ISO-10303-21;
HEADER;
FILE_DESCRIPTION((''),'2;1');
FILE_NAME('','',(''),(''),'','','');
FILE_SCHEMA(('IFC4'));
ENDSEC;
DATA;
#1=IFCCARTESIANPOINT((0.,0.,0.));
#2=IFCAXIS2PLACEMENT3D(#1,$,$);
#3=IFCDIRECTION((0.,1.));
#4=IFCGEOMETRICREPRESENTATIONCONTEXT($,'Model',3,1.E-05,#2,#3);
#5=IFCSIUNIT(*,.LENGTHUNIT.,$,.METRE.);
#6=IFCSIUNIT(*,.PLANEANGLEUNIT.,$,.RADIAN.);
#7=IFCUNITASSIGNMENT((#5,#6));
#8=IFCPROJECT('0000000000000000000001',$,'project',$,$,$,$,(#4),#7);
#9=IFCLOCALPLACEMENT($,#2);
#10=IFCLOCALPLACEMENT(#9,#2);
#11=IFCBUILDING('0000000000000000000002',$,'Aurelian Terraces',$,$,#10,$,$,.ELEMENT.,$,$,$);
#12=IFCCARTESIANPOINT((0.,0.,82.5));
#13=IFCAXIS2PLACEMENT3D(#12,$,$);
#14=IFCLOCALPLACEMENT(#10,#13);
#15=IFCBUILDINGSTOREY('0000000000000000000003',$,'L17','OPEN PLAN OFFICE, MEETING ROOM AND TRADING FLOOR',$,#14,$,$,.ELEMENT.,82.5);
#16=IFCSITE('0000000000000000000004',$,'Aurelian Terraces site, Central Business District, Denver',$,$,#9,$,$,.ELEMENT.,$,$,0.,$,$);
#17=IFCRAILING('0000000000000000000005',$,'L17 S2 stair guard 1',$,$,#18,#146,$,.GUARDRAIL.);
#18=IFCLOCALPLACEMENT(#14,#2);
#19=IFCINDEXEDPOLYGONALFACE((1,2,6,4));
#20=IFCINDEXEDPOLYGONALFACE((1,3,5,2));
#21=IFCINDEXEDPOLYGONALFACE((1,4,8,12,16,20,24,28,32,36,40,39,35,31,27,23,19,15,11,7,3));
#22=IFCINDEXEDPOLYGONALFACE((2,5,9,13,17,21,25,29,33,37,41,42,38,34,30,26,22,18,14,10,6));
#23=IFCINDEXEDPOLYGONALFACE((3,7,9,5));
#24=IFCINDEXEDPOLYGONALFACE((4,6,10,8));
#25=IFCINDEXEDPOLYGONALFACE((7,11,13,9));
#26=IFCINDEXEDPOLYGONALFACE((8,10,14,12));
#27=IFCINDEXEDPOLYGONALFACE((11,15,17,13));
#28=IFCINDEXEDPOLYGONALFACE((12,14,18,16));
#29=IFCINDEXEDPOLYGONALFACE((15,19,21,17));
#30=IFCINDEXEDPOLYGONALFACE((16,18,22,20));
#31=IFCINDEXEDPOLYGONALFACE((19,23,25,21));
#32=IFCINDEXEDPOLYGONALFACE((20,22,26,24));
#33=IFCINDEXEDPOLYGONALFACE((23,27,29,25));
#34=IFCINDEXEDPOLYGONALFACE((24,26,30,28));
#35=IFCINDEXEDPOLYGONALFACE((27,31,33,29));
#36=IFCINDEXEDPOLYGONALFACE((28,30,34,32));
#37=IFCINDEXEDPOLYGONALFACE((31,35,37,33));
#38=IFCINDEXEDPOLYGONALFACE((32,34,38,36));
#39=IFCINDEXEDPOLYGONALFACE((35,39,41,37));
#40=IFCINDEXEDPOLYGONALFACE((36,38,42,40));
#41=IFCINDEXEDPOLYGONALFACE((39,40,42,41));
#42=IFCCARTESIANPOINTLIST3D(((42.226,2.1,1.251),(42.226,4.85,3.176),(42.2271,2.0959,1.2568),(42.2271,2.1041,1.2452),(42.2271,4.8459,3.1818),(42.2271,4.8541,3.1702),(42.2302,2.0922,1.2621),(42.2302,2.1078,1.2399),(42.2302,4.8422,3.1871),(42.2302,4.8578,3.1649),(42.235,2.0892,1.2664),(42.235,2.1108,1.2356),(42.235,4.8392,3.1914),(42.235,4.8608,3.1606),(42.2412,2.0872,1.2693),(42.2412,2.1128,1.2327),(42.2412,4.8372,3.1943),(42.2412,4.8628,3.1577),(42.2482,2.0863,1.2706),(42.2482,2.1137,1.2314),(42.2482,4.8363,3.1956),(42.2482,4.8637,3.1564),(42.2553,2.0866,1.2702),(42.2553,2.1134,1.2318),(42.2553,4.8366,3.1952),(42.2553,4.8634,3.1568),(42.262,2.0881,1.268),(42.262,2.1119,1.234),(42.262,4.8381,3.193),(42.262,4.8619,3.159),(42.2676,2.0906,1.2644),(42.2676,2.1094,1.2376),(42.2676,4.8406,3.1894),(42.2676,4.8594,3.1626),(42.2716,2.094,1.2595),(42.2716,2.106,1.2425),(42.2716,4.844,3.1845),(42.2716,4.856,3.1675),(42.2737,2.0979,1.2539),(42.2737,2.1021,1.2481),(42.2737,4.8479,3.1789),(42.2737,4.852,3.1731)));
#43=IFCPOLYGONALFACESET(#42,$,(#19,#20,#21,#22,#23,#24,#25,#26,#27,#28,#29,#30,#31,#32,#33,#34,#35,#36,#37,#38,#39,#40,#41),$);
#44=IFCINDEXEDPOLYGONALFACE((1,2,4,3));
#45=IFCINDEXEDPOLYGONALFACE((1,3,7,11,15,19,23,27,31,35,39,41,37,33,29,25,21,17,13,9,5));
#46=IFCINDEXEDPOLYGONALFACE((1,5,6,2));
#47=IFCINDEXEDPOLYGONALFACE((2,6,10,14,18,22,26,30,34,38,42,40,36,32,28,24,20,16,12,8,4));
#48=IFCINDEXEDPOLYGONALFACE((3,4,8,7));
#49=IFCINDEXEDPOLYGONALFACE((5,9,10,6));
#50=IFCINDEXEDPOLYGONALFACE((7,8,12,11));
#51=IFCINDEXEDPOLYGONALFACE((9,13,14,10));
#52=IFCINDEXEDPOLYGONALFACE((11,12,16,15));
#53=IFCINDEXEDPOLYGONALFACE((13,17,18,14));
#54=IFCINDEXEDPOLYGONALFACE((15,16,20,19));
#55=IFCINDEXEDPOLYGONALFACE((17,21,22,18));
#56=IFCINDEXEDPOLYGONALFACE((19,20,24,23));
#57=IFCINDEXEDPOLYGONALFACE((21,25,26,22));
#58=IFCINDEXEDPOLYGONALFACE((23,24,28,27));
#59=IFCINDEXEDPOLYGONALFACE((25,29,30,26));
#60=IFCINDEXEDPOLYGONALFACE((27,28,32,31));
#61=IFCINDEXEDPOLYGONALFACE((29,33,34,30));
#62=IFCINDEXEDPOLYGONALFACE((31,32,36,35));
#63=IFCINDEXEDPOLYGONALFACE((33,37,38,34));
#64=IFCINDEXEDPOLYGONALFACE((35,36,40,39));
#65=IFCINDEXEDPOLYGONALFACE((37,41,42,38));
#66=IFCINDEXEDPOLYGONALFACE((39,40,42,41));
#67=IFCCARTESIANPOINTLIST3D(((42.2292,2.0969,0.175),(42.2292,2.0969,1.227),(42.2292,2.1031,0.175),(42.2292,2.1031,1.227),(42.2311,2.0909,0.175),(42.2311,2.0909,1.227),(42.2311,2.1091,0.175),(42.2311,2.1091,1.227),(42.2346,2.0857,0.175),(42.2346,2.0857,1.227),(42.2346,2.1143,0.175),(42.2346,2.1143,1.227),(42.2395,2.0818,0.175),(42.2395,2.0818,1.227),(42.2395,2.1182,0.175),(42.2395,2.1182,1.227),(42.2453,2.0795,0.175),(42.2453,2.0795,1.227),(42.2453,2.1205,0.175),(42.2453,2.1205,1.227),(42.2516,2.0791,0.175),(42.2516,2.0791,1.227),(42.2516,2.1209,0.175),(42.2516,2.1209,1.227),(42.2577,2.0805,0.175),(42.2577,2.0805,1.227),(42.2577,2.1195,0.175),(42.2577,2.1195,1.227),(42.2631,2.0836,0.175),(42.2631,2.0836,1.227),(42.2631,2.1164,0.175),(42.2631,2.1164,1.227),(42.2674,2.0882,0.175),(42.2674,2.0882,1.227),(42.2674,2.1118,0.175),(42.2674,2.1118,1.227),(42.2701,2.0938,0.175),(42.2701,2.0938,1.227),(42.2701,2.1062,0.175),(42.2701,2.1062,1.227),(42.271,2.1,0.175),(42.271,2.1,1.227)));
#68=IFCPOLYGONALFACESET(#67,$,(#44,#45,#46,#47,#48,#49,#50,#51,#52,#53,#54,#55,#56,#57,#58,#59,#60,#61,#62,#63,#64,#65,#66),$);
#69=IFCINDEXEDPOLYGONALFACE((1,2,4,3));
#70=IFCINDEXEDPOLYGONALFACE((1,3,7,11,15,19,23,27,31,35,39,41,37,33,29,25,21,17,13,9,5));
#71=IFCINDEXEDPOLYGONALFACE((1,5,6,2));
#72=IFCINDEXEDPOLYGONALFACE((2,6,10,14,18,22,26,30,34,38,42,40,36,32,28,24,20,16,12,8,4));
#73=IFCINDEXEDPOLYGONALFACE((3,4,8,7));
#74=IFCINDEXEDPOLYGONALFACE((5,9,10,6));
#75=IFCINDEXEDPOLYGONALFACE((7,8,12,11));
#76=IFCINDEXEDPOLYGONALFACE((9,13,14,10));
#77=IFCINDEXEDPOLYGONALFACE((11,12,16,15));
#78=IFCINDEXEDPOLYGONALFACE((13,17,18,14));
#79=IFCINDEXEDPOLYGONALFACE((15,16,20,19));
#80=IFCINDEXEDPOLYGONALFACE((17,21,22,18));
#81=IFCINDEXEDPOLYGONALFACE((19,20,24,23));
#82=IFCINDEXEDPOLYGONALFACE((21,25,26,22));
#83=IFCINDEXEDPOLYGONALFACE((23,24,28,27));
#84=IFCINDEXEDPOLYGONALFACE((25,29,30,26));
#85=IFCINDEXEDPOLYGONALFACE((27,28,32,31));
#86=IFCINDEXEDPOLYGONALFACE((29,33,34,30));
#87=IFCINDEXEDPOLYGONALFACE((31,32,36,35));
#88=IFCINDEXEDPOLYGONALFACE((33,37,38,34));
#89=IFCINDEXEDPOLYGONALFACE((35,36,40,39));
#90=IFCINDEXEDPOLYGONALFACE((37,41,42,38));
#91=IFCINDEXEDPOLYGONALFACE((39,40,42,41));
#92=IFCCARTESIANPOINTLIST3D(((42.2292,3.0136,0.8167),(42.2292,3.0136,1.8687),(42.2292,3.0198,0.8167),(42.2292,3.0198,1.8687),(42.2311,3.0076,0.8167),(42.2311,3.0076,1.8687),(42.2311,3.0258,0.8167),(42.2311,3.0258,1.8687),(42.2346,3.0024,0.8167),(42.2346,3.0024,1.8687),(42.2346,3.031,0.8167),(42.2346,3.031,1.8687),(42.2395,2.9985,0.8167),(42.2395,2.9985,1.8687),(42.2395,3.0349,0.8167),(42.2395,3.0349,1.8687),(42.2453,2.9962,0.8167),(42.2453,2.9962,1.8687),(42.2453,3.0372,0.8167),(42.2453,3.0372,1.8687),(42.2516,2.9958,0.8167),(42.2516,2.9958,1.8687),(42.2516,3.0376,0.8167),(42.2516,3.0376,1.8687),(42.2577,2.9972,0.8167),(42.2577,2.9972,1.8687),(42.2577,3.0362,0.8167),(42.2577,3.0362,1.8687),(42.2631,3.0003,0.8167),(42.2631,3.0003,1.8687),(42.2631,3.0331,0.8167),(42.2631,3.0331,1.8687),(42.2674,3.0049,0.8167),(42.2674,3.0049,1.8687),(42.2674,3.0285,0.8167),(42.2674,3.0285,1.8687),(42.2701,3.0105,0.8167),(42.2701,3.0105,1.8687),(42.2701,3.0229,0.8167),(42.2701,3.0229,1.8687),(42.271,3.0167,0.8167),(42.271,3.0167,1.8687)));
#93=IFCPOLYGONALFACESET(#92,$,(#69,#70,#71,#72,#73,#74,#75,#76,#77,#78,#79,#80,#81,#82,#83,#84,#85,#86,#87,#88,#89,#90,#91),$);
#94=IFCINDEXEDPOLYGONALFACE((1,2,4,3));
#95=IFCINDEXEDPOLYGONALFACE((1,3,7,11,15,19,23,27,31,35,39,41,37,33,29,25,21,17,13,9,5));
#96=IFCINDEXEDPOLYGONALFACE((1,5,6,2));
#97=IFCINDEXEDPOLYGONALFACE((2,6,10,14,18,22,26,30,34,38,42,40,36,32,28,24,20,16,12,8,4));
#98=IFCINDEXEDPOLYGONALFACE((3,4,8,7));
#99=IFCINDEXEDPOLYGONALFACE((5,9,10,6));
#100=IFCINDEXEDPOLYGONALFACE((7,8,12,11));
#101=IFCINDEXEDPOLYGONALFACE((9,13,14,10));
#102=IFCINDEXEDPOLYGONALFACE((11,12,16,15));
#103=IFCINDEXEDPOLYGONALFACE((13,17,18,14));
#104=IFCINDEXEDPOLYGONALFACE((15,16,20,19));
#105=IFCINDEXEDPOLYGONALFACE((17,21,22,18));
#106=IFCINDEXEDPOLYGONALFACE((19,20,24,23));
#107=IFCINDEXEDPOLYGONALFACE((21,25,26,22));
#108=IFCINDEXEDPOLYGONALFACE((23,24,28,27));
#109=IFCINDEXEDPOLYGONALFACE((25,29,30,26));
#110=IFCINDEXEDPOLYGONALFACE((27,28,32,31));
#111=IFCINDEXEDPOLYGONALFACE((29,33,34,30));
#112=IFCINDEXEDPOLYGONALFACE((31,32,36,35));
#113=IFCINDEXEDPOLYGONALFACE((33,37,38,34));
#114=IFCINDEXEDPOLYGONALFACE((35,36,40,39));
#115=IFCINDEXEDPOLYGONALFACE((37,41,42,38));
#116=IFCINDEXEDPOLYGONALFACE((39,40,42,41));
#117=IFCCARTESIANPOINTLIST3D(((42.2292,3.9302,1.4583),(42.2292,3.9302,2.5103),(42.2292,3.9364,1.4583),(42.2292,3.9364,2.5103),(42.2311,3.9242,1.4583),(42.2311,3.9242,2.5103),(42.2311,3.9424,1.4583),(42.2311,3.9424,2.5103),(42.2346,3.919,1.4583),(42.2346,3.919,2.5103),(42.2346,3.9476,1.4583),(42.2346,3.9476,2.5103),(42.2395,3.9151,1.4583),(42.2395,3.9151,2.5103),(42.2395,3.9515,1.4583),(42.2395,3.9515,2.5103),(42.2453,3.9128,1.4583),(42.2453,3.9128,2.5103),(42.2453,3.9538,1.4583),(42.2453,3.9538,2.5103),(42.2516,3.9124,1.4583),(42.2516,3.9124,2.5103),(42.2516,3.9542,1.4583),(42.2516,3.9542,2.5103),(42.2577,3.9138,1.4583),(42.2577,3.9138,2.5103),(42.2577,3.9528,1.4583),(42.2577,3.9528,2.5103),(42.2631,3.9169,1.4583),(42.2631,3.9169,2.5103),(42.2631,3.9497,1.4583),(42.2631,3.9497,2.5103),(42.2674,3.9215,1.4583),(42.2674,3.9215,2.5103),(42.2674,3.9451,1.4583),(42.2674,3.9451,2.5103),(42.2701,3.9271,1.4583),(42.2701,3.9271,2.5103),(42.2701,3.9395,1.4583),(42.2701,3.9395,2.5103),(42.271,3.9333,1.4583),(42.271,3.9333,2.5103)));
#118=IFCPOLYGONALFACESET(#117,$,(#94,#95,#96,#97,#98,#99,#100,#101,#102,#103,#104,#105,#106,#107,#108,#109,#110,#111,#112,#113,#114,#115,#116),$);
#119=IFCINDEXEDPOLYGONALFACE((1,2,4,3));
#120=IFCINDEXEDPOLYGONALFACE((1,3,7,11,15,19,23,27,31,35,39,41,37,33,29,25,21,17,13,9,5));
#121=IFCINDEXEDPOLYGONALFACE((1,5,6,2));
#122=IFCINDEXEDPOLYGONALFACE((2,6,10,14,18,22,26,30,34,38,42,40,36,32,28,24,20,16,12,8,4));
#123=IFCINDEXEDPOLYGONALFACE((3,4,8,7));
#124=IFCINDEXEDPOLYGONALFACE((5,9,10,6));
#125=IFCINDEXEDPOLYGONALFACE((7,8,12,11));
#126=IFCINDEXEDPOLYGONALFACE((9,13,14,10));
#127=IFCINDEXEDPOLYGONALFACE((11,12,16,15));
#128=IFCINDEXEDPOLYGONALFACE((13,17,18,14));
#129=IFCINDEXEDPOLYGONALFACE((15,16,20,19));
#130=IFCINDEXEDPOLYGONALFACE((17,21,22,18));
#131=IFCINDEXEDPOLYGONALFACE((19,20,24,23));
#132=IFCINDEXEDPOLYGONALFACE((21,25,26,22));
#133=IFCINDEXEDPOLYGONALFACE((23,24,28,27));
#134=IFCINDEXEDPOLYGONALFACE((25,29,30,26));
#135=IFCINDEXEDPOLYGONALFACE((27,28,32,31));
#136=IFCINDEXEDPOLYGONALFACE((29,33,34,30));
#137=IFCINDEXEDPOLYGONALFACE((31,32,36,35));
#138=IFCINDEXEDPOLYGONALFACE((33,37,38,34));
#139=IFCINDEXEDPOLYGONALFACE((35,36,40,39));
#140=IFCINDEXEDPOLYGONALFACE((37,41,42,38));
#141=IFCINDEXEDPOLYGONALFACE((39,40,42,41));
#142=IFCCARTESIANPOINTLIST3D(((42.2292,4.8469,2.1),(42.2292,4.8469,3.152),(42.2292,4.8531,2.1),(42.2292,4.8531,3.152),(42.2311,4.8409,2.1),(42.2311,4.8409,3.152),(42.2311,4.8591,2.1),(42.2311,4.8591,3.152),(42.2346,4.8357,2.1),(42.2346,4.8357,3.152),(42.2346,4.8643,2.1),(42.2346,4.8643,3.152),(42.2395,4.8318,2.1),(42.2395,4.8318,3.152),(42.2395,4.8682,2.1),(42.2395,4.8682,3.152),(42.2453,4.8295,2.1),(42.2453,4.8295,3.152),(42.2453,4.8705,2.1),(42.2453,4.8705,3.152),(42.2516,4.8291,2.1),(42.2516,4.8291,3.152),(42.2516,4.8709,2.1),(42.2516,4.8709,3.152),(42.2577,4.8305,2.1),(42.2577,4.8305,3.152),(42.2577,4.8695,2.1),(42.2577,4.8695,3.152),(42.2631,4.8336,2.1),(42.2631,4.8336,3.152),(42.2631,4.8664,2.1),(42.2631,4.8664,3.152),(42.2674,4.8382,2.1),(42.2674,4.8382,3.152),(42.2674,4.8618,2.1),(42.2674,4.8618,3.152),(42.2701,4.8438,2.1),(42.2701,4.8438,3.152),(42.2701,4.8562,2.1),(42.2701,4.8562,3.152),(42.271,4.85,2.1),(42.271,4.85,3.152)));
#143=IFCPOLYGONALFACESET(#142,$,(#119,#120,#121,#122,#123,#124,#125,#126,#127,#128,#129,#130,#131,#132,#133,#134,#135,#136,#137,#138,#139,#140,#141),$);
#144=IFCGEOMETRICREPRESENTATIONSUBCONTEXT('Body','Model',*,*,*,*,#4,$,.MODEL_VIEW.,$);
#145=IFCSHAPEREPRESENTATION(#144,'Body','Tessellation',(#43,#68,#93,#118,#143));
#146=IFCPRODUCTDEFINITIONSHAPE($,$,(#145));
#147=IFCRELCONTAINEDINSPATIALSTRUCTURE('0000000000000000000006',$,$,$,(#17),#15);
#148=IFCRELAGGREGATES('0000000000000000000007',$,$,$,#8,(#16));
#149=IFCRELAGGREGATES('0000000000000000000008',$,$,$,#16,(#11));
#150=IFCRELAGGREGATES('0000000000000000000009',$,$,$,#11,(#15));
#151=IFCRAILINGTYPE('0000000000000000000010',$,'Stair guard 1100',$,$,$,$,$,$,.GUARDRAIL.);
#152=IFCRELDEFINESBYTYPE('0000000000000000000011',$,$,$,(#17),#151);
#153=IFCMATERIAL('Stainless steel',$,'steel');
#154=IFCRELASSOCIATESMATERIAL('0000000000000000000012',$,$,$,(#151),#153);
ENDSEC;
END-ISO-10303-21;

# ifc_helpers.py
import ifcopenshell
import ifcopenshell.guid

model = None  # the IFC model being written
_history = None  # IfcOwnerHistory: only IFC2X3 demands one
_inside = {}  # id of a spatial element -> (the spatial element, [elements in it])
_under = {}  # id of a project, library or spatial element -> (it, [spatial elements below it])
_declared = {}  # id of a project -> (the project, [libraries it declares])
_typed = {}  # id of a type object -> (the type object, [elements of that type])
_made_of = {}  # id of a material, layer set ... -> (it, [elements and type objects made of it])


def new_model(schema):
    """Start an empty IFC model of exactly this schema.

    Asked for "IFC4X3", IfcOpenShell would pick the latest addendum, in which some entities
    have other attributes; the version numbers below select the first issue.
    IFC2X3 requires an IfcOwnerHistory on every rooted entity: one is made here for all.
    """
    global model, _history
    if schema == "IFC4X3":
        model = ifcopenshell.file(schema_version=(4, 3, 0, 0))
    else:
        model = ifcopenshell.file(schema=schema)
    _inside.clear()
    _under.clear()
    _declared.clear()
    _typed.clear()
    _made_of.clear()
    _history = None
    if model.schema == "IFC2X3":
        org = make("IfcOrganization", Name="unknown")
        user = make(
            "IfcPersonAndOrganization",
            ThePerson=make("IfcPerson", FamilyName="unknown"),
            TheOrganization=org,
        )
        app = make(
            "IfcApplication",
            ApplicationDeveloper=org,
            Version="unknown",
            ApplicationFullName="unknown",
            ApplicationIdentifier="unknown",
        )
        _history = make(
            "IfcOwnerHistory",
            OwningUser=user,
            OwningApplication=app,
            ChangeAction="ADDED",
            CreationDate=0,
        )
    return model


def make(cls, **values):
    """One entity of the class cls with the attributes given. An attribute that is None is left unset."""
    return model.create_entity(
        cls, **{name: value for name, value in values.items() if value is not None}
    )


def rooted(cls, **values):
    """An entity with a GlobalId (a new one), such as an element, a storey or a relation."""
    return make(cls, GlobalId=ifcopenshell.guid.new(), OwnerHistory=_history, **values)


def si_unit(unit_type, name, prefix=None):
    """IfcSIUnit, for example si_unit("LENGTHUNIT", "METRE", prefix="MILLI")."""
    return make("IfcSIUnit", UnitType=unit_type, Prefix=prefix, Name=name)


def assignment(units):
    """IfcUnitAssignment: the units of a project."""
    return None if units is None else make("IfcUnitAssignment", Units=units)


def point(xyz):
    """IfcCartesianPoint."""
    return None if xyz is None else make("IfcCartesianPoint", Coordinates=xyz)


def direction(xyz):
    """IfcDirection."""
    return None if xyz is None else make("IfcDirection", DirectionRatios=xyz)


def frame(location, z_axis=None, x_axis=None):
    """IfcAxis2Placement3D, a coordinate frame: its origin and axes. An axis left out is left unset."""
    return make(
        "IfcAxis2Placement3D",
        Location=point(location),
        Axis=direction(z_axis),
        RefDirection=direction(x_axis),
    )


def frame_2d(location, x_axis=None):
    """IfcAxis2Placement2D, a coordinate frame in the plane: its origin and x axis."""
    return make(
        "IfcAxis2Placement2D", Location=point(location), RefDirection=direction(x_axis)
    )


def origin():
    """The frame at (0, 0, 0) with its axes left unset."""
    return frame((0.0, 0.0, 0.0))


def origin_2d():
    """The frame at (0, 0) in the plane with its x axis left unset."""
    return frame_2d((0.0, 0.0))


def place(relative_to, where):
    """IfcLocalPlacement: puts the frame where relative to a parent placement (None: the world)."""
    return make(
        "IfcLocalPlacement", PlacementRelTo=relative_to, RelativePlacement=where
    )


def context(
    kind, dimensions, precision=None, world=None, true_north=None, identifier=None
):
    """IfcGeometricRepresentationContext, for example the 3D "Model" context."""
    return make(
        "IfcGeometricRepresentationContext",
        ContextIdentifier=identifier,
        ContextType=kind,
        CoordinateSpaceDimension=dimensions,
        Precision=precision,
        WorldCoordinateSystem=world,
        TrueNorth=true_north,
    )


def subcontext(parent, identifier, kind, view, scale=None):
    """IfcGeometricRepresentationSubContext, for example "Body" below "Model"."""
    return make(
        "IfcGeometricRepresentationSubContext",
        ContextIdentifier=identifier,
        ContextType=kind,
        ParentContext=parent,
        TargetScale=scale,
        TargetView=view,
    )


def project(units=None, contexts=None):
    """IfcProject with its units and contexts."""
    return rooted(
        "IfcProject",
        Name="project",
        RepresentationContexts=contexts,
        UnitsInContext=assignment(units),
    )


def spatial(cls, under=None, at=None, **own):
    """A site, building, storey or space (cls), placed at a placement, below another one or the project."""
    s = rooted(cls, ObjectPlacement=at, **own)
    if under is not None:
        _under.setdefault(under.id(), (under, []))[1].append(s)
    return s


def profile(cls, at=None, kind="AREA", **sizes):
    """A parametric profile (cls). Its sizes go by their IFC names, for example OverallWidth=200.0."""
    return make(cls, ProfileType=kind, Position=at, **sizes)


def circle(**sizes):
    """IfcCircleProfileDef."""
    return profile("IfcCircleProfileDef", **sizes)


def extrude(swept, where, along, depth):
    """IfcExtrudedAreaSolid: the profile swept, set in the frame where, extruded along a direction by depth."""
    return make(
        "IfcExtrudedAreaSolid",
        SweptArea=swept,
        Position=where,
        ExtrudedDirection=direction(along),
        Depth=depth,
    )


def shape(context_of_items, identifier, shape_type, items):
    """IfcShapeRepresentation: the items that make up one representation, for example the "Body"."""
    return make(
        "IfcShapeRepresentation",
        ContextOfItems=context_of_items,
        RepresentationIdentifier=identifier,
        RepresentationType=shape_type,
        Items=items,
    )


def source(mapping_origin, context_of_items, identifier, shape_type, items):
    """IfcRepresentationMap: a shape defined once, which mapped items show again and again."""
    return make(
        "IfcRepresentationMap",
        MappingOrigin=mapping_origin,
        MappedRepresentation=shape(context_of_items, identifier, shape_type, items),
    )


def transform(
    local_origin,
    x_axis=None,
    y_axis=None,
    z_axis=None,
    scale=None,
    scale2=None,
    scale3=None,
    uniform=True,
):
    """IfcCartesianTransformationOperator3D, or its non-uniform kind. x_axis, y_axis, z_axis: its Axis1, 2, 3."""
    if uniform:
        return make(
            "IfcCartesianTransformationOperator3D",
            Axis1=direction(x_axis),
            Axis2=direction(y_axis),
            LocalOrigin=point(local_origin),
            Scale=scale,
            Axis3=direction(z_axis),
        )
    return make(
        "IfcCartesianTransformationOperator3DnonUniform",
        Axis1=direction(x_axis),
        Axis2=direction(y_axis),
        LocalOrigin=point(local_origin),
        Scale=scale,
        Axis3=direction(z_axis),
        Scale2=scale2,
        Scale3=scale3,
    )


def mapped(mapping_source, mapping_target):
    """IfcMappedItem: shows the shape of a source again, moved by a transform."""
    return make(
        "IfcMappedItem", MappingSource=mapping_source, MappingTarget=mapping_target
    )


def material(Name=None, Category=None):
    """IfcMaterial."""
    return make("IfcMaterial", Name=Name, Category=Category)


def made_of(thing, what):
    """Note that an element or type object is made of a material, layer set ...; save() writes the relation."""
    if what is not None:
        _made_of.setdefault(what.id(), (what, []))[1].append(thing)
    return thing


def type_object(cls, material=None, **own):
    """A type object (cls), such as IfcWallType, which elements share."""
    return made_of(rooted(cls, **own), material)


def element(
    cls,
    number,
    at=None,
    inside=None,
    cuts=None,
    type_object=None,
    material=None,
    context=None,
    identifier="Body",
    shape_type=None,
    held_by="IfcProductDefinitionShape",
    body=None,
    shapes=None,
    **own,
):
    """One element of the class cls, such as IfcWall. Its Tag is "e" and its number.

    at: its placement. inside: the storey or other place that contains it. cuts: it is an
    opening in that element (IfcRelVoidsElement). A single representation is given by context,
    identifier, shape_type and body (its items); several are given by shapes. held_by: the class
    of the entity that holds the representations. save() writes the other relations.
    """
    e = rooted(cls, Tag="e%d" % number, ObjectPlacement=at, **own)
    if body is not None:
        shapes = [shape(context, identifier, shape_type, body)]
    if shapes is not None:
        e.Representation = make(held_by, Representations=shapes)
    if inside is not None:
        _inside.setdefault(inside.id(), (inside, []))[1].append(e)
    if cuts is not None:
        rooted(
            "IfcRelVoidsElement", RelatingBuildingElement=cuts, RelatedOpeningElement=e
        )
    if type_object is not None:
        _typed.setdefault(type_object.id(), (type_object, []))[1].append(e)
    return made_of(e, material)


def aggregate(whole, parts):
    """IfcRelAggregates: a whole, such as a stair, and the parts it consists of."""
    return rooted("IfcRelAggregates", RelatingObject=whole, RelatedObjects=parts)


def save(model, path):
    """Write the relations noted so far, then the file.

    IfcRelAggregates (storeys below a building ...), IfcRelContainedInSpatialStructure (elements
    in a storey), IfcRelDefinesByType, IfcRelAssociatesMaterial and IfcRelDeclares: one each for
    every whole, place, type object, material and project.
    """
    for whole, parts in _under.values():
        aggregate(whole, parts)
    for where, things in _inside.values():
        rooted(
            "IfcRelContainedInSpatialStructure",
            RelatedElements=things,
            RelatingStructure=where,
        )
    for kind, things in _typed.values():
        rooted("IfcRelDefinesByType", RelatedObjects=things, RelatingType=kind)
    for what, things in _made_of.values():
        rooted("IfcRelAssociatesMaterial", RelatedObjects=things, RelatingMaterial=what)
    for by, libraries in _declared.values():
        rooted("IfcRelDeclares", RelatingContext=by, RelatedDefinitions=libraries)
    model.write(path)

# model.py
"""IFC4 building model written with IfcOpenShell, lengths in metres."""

from ifc_helpers import new_model, si_unit, direction, frame, origin, origin_2d, place, context, subcontext, project, spatial, circle, extrude, source, transform, mapped, material, type_object, element, save


model = new_model("IFC4")

# Units and contexts
model_context = context("Model", 3, precision=1e-05, world=origin(), true_north=direction((0.0, 1.0)))
body_context = subcontext(model_context, "Body", "Model", "MODEL_VIEW")
ifc_project = project(units=[si_unit("LENGTHUNIT", "METRE"), si_unit("PLANEANGLEUNIT", "RADIAN")], contexts=[model_context])

# Site, building, storey
site_placement = place(None, origin())
site = spatial("IfcSite", under=ifc_project, at=site_placement, Name="Aurelian Terraces site, Central Business District, Denver", CompositionType="ELEMENT", RefElevation=0.0)
building_placement = place(site_placement, origin())
building = spatial("IfcBuilding", under=site, at=building_placement, Name="Aurelian Terraces", CompositionType="ELEMENT")
storey_placement = place(building_placement, frame((0.0, 0.0, 82.5)))
storey = spatial("IfcBuildingStorey", under=building, at=storey_placement, Name="L17", Description="OPEN PLAN OFFICE, MEETING ROOM AND TRADING FLOOR", CompositionType="ELEMENT", Elevation=82.5)

# Railing
ifc_material_1 = material(Name="Stainless steel", Category="steel")
railing_type_1 = type_object("IfcRailingType", Name="Stair guard 1100", PredefinedType="GUARDRAIL", material=ifc_material_1)
shared_shape_1 = source(origin(), body_context, "Body", "SweptSolid", [
    extrude(circle(Radius=0.024, at=origin_2d()), frame((0.0, 0.0, 1.076), z_axis=(0.0, 0.819232, 0.573462), x_axis=(-1.0, 0.0, 0.0)), (0.0, 0.0, 1.0), 3.3568),
    extrude(circle(Radius=0.021, at=origin_2d()), origin(), (0.0, 0.0, 1.0), 1.052),
    extrude(circle(Radius=0.021, at=origin_2d()), frame((0.0, 0.9167, 0.6417)), (0.0, 0.0, 1.0), 1.052),
    extrude(circle(Radius=0.021, at=origin_2d()), frame((0.0, 1.8333, 1.2833)), (0.0, 0.0, 1.0), 1.052),
    extrude(circle(Radius=0.021, at=origin_2d()), frame((0.0, 2.75, 1.925)), (0.0, 0.0, 1.0), 1.052),
])
railing_1_placement = place(storey_placement, frame((42.25, 2.1, 0.175)))
element("IfcRailing", 1, at=railing_1_placement, inside=storey, type_object=railing_type_1, Name="L17 S2 stair guard 1", PredefinedType="GUARDRAIL", context=body_context, shape_type="MappedRepresentation", body=[
    mapped(shared_shape_1, transform((0.0, 0.0, 0.0), scale=1.0)),
])

save(model, "model.ifc")
